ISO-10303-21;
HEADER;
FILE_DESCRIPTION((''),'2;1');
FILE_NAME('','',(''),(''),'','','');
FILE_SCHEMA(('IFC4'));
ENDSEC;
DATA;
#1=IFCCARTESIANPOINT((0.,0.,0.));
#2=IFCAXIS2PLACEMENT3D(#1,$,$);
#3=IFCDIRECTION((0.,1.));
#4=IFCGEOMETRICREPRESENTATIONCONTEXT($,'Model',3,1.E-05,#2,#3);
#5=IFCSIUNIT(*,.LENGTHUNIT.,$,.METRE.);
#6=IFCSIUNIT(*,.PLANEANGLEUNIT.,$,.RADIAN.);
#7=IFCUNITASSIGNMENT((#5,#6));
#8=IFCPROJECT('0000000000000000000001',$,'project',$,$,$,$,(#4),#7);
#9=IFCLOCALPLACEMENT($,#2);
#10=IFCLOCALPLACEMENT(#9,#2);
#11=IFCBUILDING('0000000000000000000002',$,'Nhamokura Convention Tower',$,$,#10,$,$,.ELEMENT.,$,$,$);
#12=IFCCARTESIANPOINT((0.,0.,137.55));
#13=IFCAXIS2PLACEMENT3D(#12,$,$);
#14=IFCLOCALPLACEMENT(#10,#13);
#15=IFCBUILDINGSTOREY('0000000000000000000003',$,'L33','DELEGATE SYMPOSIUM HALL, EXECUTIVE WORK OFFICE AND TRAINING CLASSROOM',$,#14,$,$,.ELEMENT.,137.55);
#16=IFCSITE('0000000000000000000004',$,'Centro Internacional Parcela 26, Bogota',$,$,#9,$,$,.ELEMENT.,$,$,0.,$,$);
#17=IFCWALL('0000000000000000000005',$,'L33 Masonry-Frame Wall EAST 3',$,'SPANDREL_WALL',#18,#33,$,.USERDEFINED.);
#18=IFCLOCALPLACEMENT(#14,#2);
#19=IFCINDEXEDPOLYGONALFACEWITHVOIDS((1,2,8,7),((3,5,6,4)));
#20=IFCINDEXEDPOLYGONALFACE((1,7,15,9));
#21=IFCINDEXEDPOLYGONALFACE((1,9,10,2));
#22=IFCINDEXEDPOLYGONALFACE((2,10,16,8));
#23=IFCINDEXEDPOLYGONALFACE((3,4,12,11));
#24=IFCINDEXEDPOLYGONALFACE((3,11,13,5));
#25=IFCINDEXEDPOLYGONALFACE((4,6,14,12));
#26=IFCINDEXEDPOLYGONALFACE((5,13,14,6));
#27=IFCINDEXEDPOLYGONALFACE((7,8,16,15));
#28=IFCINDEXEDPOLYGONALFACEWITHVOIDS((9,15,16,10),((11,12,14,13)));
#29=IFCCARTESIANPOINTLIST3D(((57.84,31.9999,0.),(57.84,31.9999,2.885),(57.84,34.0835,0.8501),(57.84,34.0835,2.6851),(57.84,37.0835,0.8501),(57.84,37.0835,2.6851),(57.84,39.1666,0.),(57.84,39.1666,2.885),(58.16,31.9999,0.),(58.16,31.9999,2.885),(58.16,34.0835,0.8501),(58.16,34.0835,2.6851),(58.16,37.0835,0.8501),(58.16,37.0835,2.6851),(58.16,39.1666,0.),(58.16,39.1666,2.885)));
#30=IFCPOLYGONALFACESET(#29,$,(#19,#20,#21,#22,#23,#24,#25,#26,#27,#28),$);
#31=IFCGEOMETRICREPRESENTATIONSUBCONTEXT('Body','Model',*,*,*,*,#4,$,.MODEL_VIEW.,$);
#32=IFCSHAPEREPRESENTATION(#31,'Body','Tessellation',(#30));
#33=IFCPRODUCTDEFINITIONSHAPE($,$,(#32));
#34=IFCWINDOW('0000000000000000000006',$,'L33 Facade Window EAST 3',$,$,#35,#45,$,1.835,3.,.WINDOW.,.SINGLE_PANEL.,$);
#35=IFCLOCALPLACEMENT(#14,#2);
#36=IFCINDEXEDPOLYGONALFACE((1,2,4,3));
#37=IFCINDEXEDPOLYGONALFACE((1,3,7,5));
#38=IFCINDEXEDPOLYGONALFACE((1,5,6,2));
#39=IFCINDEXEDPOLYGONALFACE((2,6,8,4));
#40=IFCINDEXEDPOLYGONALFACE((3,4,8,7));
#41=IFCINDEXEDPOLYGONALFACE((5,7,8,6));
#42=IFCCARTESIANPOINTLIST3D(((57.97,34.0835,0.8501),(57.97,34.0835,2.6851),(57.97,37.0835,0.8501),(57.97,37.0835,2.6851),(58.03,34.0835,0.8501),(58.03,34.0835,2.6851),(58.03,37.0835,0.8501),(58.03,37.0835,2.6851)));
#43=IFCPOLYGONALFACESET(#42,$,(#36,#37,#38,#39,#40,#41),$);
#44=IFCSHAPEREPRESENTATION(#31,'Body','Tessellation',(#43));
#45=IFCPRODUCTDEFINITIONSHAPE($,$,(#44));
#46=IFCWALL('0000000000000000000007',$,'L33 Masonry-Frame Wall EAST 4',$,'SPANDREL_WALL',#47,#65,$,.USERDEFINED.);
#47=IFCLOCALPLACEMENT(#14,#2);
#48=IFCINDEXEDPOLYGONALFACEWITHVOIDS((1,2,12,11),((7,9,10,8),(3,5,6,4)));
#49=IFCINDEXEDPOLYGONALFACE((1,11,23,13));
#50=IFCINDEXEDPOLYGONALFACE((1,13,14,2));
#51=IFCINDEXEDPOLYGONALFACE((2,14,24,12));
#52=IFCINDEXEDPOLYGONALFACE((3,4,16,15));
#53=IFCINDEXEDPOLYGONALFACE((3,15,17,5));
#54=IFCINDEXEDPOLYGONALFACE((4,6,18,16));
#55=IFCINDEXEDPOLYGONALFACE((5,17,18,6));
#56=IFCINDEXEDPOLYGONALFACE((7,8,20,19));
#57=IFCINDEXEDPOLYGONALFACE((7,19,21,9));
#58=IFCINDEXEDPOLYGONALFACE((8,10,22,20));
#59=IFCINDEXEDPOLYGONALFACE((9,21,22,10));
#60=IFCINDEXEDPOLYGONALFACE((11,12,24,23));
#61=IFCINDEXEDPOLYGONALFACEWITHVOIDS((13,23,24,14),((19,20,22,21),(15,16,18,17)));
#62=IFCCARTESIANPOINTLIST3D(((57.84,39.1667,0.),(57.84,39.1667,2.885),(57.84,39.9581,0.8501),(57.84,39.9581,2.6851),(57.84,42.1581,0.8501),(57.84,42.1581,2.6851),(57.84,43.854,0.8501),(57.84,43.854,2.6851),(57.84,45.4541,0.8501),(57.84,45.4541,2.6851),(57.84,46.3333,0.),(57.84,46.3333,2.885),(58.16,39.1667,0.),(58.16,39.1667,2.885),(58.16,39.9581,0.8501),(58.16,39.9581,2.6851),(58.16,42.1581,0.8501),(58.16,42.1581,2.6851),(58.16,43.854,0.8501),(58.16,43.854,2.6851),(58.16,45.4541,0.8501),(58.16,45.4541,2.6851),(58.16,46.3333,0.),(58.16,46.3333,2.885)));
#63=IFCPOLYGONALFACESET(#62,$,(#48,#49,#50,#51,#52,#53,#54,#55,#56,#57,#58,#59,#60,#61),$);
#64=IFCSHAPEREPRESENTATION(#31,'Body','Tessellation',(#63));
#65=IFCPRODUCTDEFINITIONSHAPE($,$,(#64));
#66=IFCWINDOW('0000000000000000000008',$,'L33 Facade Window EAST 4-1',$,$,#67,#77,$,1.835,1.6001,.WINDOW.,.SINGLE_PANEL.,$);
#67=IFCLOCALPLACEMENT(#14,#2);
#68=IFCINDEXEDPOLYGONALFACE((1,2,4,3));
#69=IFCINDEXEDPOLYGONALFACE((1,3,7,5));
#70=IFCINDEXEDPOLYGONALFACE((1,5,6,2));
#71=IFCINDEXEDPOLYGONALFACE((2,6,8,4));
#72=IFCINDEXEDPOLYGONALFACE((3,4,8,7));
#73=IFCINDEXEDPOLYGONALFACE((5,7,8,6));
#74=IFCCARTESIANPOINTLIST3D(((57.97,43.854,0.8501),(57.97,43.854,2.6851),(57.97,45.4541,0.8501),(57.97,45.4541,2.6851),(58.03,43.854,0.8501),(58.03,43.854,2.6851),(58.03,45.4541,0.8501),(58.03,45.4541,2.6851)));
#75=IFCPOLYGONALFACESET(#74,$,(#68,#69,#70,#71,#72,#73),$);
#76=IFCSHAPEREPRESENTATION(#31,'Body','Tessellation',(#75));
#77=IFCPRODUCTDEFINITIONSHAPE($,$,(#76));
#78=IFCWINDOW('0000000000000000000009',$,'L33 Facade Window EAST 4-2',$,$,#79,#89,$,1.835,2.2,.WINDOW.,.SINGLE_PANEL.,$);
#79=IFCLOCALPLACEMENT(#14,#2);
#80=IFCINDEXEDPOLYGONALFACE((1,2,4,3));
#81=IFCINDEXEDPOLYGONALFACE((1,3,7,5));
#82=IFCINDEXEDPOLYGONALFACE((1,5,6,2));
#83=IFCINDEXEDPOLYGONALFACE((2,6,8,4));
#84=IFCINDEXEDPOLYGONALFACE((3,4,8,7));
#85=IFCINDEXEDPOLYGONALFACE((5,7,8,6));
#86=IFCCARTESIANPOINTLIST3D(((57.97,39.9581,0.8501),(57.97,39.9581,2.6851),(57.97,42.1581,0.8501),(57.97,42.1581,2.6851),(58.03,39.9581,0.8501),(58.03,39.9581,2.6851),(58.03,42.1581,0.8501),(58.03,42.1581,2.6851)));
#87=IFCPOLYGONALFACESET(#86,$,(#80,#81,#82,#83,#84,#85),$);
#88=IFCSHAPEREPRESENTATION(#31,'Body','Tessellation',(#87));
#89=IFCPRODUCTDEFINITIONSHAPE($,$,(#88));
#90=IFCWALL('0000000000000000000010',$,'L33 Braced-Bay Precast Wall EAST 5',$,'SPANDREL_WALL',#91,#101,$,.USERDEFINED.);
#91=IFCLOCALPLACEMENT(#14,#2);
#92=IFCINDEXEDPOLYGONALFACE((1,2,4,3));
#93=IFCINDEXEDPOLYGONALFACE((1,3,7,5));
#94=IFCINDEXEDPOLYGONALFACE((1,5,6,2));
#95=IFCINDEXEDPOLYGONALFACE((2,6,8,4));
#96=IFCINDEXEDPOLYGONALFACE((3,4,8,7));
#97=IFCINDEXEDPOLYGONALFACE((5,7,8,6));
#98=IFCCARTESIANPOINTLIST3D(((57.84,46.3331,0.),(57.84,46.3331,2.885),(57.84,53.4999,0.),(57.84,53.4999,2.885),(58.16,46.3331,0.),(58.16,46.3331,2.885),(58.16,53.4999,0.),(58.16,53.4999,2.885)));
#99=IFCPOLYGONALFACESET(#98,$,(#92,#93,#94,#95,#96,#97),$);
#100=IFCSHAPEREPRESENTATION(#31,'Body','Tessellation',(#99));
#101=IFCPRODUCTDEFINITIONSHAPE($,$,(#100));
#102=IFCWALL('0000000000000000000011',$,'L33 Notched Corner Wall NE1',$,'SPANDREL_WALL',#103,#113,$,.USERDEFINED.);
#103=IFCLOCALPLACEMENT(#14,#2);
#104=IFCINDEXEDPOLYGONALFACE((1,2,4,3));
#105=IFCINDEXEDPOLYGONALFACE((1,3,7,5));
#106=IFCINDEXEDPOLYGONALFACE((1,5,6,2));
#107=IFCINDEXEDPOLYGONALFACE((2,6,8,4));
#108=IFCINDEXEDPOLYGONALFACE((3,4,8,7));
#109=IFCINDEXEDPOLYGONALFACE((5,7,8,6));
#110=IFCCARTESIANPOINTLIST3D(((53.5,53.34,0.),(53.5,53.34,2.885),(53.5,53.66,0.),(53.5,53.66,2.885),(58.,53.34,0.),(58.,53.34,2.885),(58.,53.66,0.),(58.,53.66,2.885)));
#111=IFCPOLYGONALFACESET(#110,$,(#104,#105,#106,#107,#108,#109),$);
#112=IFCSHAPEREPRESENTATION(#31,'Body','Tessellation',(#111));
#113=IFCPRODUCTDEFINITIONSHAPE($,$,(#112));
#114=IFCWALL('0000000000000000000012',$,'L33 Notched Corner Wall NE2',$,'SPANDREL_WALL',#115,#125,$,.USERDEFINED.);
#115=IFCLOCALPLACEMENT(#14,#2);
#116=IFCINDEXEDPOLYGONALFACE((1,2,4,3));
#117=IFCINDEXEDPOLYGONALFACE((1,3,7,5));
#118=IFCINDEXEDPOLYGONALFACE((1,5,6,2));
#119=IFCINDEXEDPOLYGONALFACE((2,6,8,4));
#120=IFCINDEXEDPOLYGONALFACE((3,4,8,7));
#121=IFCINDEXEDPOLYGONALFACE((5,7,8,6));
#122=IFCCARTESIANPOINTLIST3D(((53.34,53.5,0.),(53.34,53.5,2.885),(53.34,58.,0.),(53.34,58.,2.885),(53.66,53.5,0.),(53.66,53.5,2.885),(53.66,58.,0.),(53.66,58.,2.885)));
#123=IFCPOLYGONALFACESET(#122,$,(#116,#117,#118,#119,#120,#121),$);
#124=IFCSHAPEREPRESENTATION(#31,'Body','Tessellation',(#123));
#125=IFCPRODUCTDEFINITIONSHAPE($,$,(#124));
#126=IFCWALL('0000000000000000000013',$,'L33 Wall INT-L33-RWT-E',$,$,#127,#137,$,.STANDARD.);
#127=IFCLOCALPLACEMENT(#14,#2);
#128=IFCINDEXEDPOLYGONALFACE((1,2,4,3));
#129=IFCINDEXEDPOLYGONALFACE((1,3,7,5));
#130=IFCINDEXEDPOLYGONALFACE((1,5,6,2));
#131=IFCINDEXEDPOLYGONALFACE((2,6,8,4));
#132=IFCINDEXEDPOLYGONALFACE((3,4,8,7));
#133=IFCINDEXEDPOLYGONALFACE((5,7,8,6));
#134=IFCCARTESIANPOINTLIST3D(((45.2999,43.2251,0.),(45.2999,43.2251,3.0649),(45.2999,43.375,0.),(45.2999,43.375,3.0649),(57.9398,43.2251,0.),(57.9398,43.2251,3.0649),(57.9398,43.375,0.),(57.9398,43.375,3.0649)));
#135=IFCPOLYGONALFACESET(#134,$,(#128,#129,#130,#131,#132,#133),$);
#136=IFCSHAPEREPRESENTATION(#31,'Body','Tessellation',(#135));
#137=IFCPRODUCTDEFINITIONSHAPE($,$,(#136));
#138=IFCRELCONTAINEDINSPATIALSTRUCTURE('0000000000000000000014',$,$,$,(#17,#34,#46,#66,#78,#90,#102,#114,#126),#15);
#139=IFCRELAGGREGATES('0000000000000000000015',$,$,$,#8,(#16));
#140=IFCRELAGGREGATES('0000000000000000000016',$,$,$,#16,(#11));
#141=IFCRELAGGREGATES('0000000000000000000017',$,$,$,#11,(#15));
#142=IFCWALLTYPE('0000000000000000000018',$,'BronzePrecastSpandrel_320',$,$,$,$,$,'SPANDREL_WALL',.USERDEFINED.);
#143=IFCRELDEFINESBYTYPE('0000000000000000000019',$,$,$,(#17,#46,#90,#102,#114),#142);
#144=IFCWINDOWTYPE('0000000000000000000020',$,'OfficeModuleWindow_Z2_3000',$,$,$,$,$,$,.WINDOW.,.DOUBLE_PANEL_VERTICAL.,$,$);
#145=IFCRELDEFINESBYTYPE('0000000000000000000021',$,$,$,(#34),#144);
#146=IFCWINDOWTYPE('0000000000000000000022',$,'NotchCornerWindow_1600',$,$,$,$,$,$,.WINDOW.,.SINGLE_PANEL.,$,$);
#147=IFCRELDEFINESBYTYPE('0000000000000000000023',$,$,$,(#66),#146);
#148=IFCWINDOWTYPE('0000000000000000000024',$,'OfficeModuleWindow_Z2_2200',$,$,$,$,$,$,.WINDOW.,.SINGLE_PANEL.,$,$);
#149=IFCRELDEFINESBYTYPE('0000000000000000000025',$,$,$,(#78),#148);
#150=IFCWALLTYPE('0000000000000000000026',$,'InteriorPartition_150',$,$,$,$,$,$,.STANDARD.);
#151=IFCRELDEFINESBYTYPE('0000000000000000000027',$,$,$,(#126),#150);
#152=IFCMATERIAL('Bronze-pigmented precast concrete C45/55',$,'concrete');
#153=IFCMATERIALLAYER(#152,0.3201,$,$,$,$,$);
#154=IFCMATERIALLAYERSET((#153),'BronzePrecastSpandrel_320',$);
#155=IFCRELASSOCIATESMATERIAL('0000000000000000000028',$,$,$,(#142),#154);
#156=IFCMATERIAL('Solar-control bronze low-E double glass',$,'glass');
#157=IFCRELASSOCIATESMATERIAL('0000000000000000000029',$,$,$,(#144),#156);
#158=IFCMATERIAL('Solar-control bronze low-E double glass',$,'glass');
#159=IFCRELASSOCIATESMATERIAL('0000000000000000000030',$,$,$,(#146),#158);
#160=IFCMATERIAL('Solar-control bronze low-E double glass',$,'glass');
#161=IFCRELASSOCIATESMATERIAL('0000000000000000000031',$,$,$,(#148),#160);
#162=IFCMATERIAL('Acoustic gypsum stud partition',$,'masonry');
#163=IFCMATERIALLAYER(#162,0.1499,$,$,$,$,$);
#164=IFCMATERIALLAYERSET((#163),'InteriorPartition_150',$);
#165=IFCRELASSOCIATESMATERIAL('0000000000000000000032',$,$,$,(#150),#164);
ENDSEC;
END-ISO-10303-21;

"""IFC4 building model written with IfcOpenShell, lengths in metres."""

from ifc_helpers import new_model, si_unit, direction, frame, frame_2d, origin, place, context, subcontext, project, spatial, rectangle, extrude, material, layer, layer_set, type_object, element, fill, save


model = new_model("IFC4")

# Units and contexts
model_context = context("Model", 3, precision=1e-05, world=origin(), true_north=direction((0.0, 1.0)))
body_context = subcontext(model_context, "Body", "Model", "MODEL_VIEW")
ifc_project = project(units=[si_unit("LENGTHUNIT", "METRE"), si_unit("PLANEANGLEUNIT", "RADIAN")], contexts=[model_context])

# Site, building, storey
site_placement = place(None, origin())
site = spatial("IfcSite", under=ifc_project, at=site_placement, Name="Centro Internacional Parcela 26, Bogota", CompositionType="ELEMENT", RefElevation=0.0)
building_placement = place(site_placement, origin())
building = spatial("IfcBuilding", under=site, at=building_placement, Name="Nhamokura Convention Tower", CompositionType="ELEMENT")
storey_placement = place(building_placement, frame((0.0, 0.0, 137.55)))
storey = spatial("IfcBuildingStorey", under=building, at=storey_placement, Name="L33", Description="DELEGATE SYMPOSIUM HALL, EXECUTIVE WORK OFFICE AND TRAINING CLASSROOM", CompositionType="ELEMENT", Elevation=137.55)

# Shared definitions
ifc_material_1 = material(Name="Bronze-pigmented precast concrete C45/55", Category="concrete")
ifc_layer_1 = layer(ifc_material_1, 0.3201)
ifc_layer_set_1 = layer_set([ifc_layer_1], Name="BronzePrecastSpandrel_320")
wall_type_1 = type_object("IfcWallType", Name="BronzePrecastSpandrel_320", ElementType="SPANDREL_WALL", PredefinedType="USERDEFINED", material=ifc_layer_set_1)

# Wall, opening, window
wall_1_placement = place(storey_placement, frame((58.0, 39.1667, 0.0), z_axis=(0.0, 0.0, 1.0), x_axis=(0.0, -1.0, 0.0)))
wall_1 = element("IfcWall", 1, at=wall_1_placement, inside=storey, type_object=wall_type_1, Name="L33 Masonry-Frame Wall EAST 3", ObjectType="SPANDREL_WALL", PredefinedType="USERDEFINED", context=body_context, shape_type="SweptSolid", body=[
    extrude(rectangle(XDim=7.1667, YDim=0.3201, at=frame_2d((3.5835, 0.0))), origin(), (0.0, 0.0, 1.0), 2.885),
])
opening_1_placement = place(wall_1_placement, frame((2.0833, 0.0, 0.8501)))
opening_1 = element("IfcOpeningElement", 2, at=opening_1_placement, cuts=wall_1, PredefinedType="OPENING", context=body_context, shape_type="SweptSolid", body=[
    extrude(rectangle(XDim=3.0, YDim=1.835, at=frame_2d((1.5, 0.9175))), frame((0.0, 0.1699, 0.0), z_axis=(0.0, -1.0, 0.0), x_axis=(1.0, 0.0, 0.0)), (0.0, 0.0, 1.0), 0.3401),
])
ifc_material_2 = material(Name="Solar-control bronze low-E double glass", Category="glass")
window_type_1 = type_object("IfcWindowType", Name="OfficeModuleWindow_Z2_3000", PartitioningType="DOUBLE_PANEL_VERTICAL", PredefinedType="WINDOW", material=ifc_material_2)
window_1_placement = place(opening_1_placement, origin())
window_1 = element("IfcWindow", 3, at=window_1_placement, inside=storey, type_object=window_type_1, Name="L33 Facade Window EAST 3", OverallHeight=1.835, OverallWidth=3.0, PartitioningType="SINGLE_PANEL", PredefinedType="WINDOW", context=body_context, shape_type="SweptSolid", body=[
    extrude(rectangle(XDim=3.0, YDim=1.835, at=frame_2d((1.5, 0.9175))), frame((0.0, 0.03, 0.0), z_axis=(0.0, -1.0, 0.0), x_axis=(1.0, 0.0, 0.0)), (0.0, 0.0, 1.0), 0.0601),
])
fill(opening_1, window_1)

# Wall, openings, windows
wall_2_placement = place(storey_placement, frame((58.0, 46.3333, 0.0), z_axis=(0.0, 0.0, 1.0), x_axis=(0.0, -1.0, 0.0)))
wall_2 = element("IfcWall", 4, at=wall_2_placement, inside=storey, type_object=wall_type_1, Name="L33 Masonry-Frame Wall EAST 4", ObjectType="SPANDREL_WALL", PredefinedType="USERDEFINED", context=body_context, shape_type="SweptSolid", body=[
    extrude(rectangle(XDim=7.1665, YDim=0.3201, at=frame_2d((3.5833, 0.0))), origin(), (0.0, 0.0, 1.0), 2.885),
])
opening_2_placement = place(wall_2_placement, frame((0.8792, 0.0, 0.8501)))
opening_2 = element("IfcOpeningElement", 5, at=opening_2_placement, cuts=wall_2, PredefinedType="OPENING", context=body_context, shape_type="SweptSolid", body=[
    extrude(rectangle(XDim=1.6001, YDim=1.835, at=frame_2d((0.8, 0.9175))), frame((0.0, 0.1699, 0.0), z_axis=(0.0, -1.0, 0.0), x_axis=(1.0, 0.0, 0.0)), (0.0, 0.0, 1.0), 0.3401),
])
opening_3_placement = place(wall_2_placement, frame((4.175, 0.0, 0.8501)))
opening_3 = element("IfcOpeningElement", 6, at=opening_3_placement, cuts=wall_2, PredefinedType="OPENING", context=body_context, shape_type="SweptSolid", body=[
    extrude(rectangle(XDim=2.2, YDim=1.835, at=frame_2d((1.1001, 0.9175))), frame((0.0, 0.1699, 0.0), z_axis=(0.0, -1.0, 0.0), x_axis=(1.0, 0.0, 0.0)), (0.0, 0.0, 1.0), 0.3401),
])
ifc_material_3 = material(Name="Solar-control bronze low-E double glass", Category="glass")
window_type_2 = type_object("IfcWindowType", Name="NotchCornerWindow_1600", PartitioningType="SINGLE_PANEL", PredefinedType="WINDOW", material=ifc_material_3)
window_2_placement = place(opening_2_placement, origin())
window_2 = element("IfcWindow", 7, at=window_2_placement, inside=storey, type_object=window_type_2, Name="L33 Facade Window EAST 4-1", OverallHeight=1.835, OverallWidth=1.6001, PartitioningType="SINGLE_PANEL", PredefinedType="WINDOW", context=body_context, shape_type="SweptSolid", body=[
    extrude(rectangle(XDim=1.6001, YDim=1.835, at=frame_2d((0.8, 0.9175))), frame((0.0, 0.03, 0.0), z_axis=(0.0, -1.0, 0.0), x_axis=(1.0, 0.0, 0.0)), (0.0, 0.0, 1.0), 0.0601),
])
fill(opening_2, window_2)
ifc_material_4 = material(Name="Solar-control bronze low-E double glass", Category="glass")
window_type_3 = type_object("IfcWindowType", Name="OfficeModuleWindow_Z2_2200", PartitioningType="SINGLE_PANEL", PredefinedType="WINDOW", material=ifc_material_4)
window_3_placement = place(opening_3_placement, origin())
window_3 = element("IfcWindow", 8, at=window_3_placement, inside=storey, type_object=window_type_3, Name="L33 Facade Window EAST 4-2", OverallHeight=1.835, OverallWidth=2.2, PartitioningType="SINGLE_PANEL", PredefinedType="WINDOW", context=body_context, shape_type="SweptSolid", body=[
    extrude(rectangle(XDim=2.2, YDim=1.835, at=frame_2d((1.1001, 0.9175))), frame((0.0, 0.03, 0.0), z_axis=(0.0, -1.0, 0.0), x_axis=(1.0, 0.0, 0.0)), (0.0, 0.0, 1.0), 0.0601),
])
fill(opening_3, window_3)

# Walls
wall_3_placement = place(storey_placement, frame((58.0, 53.5, 0.0), z_axis=(0.0, 0.0, 1.0), x_axis=(0.0, -1.0, 0.0)))
element("IfcWall", 9, at=wall_3_placement, inside=storey, type_object=wall_type_1, Name="L33 Braced-Bay Precast Wall EAST 5", ObjectType="SPANDREL_WALL", PredefinedType="USERDEFINED", context=body_context, shape_type="SweptSolid", body=[
    extrude(rectangle(XDim=7.1667, YDim=0.3201, at=frame_2d((3.5835, 0.0))), origin(), (0.0, 0.0, 1.0), 2.885),
])
for number, where, z_axis, x_axis, name in (
    (10, (53.5, 53.5, 0.0), (0.0, 0.0, 1.0), (1.0, 0.0, 0.0), "L33 Notched Corner Wall NE1"),
    (11, (53.5, 58.0, 0.0), (0.0, 0.0, 1.0), (0.0, -1.0, 0.0), "L33 Notched Corner Wall NE2"),
):
    element("IfcWall", number, at=place(storey_placement, frame(where, z_axis=z_axis, x_axis=x_axis)), inside=storey, type_object=wall_type_1, Name=name, ObjectType="SPANDREL_WALL", PredefinedType="USERDEFINED", context=body_context, shape_type="SweptSolid", body=[
        extrude(rectangle(XDim=4.5, YDim=0.3201, at=frame_2d((2.25, 0.0))), origin(), (0.0, 0.0, 1.0), 2.885),
    ])
ifc_material_5 = material(Name="Acoustic gypsum stud partition", Category="masonry")
ifc_layer_2 = layer(ifc_material_5, 0.1499)
ifc_layer_set_2 = layer_set([ifc_layer_2], Name="InteriorPartition_150")
wall_type_2 = type_object("IfcWallType", Name="InteriorPartition_150", PredefinedType="STANDARD", material=ifc_layer_set_2)
wall_4_placement = place(storey_placement, frame((45.3, 43.3, 0.0), z_axis=(0.0, 0.0, 1.0), x_axis=(1.0, 0.0, 0.0)))
element("IfcWall", 12, at=wall_4_placement, inside=storey, type_object=wall_type_2, Name="L33 Wall INT-L33-RWT-E", PredefinedType="STANDARD", context=body_context, shape_type="SweptSolid", body=[
    extrude(rectangle(XDim=12.6399, YDim=0.1499, at=frame_2d((6.3198, 0.0))), origin(), (0.0, 0.0, 1.0), 3.0649),
])

save(model, "model.ifc")
